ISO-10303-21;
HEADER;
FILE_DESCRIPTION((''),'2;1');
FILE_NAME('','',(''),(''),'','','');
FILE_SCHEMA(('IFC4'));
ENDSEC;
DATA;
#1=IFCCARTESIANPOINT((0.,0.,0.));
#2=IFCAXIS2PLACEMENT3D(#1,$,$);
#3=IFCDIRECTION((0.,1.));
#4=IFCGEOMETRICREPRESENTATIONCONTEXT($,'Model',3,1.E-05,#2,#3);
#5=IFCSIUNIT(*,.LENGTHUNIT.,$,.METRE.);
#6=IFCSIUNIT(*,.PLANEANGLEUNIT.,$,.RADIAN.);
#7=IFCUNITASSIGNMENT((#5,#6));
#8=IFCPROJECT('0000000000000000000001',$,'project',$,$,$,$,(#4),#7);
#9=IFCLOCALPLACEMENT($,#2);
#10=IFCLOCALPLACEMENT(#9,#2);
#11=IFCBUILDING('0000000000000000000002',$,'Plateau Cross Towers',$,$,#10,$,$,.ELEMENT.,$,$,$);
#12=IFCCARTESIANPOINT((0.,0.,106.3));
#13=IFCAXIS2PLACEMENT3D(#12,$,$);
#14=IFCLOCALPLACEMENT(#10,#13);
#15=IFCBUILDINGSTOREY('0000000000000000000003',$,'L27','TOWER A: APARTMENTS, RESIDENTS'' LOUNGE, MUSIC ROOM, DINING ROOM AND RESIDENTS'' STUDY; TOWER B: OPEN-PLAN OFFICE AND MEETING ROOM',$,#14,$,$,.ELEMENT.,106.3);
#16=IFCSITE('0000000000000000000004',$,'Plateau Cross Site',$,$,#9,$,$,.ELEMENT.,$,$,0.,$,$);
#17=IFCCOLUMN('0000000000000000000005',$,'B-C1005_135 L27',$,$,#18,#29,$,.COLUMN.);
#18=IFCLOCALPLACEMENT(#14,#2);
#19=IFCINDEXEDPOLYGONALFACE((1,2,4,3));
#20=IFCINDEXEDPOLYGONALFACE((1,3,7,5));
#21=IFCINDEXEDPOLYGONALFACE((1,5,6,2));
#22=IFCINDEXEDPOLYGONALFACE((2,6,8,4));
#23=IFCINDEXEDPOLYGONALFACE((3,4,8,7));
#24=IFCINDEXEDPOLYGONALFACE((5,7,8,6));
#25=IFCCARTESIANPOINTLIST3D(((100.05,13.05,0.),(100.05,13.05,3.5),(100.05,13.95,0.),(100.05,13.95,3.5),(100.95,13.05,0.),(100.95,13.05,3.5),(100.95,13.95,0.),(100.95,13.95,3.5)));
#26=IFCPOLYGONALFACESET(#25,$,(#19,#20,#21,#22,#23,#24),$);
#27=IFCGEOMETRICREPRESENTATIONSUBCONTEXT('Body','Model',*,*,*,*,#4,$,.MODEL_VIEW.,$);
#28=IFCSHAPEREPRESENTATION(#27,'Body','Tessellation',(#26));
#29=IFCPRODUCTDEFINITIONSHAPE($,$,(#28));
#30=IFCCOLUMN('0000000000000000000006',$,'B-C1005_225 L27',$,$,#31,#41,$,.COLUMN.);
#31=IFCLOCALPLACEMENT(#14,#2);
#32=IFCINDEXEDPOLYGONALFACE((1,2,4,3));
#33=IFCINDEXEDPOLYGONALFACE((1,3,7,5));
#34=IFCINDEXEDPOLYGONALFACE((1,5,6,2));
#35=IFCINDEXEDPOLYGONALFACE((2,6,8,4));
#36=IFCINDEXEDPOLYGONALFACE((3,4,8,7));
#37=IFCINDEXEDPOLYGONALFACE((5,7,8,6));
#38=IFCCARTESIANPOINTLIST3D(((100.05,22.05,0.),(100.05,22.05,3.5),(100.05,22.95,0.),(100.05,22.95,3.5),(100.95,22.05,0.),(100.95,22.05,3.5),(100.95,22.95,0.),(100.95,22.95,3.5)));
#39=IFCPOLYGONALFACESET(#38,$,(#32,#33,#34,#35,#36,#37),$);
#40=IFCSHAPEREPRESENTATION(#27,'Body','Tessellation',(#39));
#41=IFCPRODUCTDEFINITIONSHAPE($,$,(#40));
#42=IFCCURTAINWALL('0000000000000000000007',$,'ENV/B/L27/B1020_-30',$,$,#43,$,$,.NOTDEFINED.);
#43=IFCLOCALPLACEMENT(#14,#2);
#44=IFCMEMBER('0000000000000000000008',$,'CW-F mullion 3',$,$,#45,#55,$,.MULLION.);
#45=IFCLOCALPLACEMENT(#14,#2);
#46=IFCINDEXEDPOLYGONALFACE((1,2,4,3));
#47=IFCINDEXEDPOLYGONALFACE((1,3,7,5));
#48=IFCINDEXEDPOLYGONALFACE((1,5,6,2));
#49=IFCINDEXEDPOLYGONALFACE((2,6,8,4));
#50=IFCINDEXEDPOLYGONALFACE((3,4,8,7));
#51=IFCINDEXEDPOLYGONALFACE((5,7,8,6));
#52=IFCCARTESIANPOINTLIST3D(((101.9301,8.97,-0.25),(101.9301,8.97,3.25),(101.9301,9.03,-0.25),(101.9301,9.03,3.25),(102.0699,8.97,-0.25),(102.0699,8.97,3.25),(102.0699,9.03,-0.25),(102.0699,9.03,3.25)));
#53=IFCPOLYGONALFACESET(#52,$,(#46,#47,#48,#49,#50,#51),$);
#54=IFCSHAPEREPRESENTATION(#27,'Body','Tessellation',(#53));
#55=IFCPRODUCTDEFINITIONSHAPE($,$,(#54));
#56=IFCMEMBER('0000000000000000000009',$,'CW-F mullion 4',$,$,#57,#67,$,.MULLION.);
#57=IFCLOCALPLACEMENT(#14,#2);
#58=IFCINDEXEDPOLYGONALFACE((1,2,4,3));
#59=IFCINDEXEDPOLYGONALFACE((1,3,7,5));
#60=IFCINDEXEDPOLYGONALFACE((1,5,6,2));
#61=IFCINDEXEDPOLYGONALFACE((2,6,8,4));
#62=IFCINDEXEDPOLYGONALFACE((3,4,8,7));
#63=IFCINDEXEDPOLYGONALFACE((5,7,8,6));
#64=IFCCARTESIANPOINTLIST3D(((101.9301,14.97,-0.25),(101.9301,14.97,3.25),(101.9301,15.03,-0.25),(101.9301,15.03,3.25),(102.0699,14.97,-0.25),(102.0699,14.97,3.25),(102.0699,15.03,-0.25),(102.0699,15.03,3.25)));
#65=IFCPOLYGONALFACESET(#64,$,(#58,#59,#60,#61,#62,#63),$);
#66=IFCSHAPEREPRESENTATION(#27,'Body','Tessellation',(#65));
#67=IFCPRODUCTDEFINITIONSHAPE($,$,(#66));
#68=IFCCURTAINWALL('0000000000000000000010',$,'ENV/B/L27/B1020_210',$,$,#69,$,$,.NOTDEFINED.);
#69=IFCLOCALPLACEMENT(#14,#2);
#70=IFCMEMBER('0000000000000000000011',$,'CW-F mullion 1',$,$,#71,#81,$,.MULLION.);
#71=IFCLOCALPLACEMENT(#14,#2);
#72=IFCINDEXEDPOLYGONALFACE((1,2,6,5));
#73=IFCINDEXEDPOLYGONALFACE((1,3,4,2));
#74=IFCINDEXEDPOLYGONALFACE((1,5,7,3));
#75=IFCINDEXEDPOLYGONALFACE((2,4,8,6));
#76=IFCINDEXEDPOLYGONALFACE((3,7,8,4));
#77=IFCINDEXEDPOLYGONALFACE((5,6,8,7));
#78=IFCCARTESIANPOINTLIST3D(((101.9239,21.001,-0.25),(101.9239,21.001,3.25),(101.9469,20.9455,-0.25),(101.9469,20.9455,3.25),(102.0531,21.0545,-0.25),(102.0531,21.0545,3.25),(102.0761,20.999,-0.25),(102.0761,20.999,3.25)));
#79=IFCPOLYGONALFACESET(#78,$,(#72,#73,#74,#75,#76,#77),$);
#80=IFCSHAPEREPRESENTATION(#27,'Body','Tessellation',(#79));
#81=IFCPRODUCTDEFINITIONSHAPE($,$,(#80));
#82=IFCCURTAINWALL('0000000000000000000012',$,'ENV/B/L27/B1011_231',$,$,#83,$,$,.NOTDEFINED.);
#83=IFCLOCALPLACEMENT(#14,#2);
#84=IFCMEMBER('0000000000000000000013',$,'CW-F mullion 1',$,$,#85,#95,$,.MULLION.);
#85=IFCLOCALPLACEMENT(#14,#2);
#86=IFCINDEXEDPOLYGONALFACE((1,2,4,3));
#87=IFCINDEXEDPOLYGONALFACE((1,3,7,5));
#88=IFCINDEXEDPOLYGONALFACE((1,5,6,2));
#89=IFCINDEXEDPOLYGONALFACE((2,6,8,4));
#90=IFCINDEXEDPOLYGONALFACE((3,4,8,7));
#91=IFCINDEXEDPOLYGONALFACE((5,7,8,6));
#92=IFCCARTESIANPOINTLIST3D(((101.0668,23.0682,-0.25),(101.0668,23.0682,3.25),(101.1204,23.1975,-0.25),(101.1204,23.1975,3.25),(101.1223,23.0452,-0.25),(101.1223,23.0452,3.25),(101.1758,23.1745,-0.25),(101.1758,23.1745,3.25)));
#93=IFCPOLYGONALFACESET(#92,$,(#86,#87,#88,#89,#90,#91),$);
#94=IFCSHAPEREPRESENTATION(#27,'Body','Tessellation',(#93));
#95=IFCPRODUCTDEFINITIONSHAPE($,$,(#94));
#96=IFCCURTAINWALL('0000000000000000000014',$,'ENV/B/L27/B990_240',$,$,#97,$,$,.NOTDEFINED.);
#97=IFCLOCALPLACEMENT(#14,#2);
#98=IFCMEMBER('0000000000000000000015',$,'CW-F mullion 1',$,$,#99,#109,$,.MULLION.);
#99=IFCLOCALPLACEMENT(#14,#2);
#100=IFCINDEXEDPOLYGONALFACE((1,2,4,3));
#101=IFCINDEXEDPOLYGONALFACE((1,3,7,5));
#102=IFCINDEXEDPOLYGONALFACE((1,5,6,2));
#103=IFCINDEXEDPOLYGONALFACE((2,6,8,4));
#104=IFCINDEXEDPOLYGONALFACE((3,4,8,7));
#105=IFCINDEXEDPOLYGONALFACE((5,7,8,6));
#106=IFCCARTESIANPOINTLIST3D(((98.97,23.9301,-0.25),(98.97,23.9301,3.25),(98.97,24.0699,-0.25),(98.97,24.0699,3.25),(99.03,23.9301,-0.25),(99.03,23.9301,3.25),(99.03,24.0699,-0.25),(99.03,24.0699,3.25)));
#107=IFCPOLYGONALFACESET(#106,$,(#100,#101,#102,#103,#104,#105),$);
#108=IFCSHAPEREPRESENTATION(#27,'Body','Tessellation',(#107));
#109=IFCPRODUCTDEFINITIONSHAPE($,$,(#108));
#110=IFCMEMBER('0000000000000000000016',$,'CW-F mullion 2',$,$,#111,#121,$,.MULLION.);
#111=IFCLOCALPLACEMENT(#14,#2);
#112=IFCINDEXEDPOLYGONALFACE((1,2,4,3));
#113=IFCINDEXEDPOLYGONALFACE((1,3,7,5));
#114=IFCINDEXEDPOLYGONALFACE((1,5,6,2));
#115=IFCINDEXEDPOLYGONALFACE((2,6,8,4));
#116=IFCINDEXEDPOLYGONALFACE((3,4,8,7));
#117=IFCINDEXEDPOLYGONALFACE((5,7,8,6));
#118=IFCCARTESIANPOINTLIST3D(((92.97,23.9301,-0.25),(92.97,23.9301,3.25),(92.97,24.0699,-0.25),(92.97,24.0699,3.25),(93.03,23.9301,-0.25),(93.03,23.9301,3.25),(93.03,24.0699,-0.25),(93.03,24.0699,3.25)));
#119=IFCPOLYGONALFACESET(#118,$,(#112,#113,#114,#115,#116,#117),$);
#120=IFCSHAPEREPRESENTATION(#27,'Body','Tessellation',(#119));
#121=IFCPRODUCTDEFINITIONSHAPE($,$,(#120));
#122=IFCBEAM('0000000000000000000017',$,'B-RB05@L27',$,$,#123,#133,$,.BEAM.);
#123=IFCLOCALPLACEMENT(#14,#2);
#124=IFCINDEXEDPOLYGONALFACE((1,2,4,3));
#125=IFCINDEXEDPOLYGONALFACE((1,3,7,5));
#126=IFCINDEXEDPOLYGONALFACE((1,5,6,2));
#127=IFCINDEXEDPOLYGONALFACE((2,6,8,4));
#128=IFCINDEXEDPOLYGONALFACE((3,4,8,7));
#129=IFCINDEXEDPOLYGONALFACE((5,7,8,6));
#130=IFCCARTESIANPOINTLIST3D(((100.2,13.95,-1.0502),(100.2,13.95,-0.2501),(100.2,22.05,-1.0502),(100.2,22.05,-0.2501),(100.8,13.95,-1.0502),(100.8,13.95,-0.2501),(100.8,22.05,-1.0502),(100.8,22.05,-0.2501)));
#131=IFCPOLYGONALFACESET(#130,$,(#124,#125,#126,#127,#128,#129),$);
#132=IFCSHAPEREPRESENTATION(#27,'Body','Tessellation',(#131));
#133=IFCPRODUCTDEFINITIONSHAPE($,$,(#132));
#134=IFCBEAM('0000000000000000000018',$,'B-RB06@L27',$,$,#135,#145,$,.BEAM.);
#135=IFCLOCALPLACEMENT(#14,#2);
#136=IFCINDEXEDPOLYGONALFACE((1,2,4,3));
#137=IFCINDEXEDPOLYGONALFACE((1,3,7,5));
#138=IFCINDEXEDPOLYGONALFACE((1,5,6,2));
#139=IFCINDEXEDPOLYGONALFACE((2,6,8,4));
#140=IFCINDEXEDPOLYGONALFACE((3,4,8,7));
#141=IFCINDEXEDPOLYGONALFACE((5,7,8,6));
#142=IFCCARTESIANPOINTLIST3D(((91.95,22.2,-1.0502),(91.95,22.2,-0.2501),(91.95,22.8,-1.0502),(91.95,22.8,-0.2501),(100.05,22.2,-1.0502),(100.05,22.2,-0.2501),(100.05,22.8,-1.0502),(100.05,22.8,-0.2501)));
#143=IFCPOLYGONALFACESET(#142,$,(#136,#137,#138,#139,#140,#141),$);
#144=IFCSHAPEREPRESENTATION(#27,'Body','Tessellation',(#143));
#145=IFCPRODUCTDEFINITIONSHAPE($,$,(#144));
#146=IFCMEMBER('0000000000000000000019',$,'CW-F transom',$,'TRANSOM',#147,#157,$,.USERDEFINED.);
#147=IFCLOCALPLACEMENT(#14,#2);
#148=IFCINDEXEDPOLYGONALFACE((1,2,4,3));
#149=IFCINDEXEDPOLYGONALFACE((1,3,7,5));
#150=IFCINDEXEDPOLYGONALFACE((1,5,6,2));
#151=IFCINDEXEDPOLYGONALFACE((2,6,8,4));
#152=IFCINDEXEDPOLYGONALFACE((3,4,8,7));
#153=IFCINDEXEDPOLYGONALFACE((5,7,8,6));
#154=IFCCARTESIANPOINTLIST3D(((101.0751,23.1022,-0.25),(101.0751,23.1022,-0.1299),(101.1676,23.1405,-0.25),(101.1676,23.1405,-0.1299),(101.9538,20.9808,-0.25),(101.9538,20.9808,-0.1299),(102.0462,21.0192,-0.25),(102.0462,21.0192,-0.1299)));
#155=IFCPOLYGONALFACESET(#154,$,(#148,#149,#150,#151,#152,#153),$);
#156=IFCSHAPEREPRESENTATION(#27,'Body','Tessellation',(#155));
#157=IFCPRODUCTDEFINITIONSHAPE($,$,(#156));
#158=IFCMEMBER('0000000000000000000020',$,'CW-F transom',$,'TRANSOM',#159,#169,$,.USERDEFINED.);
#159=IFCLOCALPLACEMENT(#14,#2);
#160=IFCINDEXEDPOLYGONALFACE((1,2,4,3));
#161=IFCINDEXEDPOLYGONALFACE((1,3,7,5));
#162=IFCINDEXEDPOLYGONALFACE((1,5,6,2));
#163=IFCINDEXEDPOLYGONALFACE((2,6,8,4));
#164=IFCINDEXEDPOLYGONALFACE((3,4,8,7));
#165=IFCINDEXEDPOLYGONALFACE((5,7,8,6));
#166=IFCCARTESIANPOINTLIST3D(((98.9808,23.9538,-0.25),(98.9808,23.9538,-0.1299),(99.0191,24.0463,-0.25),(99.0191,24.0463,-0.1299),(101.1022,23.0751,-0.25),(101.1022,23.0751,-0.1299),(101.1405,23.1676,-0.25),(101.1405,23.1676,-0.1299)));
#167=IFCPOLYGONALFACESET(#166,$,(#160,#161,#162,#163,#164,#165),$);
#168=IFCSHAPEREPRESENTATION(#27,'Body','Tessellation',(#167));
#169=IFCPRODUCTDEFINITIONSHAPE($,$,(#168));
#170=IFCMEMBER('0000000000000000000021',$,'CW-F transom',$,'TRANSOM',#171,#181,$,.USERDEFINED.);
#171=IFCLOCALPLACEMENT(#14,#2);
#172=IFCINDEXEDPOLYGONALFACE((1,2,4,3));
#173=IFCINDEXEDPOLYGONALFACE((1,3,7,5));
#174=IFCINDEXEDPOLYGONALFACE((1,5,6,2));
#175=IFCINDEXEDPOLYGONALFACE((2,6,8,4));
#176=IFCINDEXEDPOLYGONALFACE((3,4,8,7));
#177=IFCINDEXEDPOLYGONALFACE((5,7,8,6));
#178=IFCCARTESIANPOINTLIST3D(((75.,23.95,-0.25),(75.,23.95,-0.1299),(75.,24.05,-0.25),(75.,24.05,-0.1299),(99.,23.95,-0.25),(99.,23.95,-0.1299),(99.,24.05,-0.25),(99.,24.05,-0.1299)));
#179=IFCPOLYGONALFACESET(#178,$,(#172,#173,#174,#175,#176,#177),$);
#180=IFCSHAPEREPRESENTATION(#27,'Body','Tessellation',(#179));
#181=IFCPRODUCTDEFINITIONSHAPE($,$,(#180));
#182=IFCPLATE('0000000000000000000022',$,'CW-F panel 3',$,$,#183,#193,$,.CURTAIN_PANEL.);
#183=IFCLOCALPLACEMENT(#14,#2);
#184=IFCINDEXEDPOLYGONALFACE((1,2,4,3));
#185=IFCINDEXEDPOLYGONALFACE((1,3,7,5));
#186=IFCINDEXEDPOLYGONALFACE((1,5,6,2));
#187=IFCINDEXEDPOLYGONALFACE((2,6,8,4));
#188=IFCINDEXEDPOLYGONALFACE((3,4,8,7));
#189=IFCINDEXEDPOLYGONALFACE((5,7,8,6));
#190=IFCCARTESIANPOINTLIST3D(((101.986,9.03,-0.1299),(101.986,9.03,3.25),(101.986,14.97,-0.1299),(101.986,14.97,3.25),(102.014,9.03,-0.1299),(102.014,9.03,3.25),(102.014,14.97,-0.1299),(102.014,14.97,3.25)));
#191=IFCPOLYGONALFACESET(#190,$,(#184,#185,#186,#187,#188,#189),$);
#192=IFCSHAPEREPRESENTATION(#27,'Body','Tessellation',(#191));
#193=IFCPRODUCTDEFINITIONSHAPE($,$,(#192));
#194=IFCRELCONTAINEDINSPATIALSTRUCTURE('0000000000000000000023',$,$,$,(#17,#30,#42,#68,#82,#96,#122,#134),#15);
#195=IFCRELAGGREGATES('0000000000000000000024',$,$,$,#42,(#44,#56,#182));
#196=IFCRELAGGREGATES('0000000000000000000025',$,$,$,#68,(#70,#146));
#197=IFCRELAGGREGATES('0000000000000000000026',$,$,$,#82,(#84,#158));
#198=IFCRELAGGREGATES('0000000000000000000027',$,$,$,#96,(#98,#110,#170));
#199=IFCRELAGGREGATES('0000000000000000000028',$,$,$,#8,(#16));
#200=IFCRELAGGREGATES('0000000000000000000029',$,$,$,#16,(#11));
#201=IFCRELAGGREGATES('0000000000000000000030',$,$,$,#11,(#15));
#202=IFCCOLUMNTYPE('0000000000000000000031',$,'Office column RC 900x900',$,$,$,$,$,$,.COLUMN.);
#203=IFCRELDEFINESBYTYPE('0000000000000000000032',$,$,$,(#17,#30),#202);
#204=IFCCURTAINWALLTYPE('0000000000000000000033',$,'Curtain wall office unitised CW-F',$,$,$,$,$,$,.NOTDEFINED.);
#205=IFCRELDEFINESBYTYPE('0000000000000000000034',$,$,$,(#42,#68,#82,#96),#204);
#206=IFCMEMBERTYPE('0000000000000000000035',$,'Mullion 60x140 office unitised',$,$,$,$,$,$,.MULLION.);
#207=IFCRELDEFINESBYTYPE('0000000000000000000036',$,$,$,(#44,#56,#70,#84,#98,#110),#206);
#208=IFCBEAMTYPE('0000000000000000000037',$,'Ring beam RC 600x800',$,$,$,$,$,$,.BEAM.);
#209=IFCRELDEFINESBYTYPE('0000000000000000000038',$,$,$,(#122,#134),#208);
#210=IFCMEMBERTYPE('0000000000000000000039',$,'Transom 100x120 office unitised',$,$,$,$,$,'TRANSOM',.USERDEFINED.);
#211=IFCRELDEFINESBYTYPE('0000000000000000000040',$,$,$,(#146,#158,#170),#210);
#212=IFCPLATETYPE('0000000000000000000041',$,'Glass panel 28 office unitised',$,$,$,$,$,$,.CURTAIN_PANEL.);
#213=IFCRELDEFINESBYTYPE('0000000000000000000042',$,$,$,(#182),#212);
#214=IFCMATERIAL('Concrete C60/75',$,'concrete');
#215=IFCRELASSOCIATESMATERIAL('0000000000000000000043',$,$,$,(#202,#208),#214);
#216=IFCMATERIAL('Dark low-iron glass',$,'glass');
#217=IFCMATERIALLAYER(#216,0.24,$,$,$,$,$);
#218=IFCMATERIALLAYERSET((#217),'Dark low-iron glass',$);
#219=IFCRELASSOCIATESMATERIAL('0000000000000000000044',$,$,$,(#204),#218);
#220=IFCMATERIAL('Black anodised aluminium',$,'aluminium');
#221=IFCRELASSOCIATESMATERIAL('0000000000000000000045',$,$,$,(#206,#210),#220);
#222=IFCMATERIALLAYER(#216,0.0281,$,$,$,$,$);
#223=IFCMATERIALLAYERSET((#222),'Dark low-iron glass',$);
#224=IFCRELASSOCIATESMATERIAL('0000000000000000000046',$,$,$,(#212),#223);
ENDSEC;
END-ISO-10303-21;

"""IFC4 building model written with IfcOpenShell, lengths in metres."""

from ifc_helpers import new_model, si_unit, direction, frame, origin, origin_2d, place, context, subcontext, project, spatial, rectangle, extrude, material, layer, layer_set, material_profile, profile_set, type_object, element, aggregate, save


model = new_model("IFC4")

# Units and contexts
model_context = context("Model", 3, precision=1e-05, world=origin(), true_north=direction((0.0, 1.0)))
body_context = subcontext(model_context, "Body", "Model", "MODEL_VIEW")
ifc_project = project(units=[si_unit("LENGTHUNIT", "METRE"), si_unit("PLANEANGLEUNIT", "RADIAN")], contexts=[model_context])

# Site, building, storey
site_placement = place(None, origin())
site = spatial("IfcSite", under=ifc_project, at=site_placement, Name="Plateau Cross Site", CompositionType="ELEMENT", RefElevation=0.0)
building_placement = place(site_placement, origin())
building = spatial("IfcBuilding", under=site, at=building_placement, Name="Plateau Cross Towers", CompositionType="ELEMENT")
storey_placement = place(building_placement, frame((0.0, 0.0, 106.3)))
storey = spatial("IfcBuildingStorey", under=building, at=storey_placement, Name="L27", Description="TOWER A: APARTMENTS, RESIDENTS' LOUNGE, MUSIC ROOM, DINING ROOM AND RESIDENTS' STUDY; TOWER B: OPEN-PLAN OFFICE AND MEETING ROOM", CompositionType="ELEMENT", Elevation=106.3)

# Columns
ifc_material_1 = material(Name="Concrete C60/75", Category="concrete")
ifc_material_profile_1 = material_profile(ifc_material_1, rectangle(XDim=0.8999, YDim=0.8999, at=origin_2d()), Name="RC 900x900")
ifc_profile_set_1 = profile_set([ifc_material_profile_1], Name="Concrete C60/75")
column_type = type_object("IfcColumnType", Name="Office column RC 900x900", PredefinedType="COLUMN", material=ifc_profile_set_1)
for number, where, z_axis, x_axis, name in (
    (1, (100.5, 13.5, 0.0), (0.0, 0.0, 1.0), (1.0, 0.0, 0.0), "B-C1005_135 L27"),
    (2, (100.5, 22.5, 0.0), (0.0, 0.0, 1.0), (1.0, 0.0, 0.0), "B-C1005_225 L27"),
):
    element("IfcColumn", number, at=place(storey_placement, frame(where, z_axis=z_axis, x_axis=x_axis)), inside=storey, type_object=column_type, Name=name, PredefinedType="COLUMN", context=body_context, shape_type="SweptSolid", body=[
        extrude(rectangle(XDim=0.8999, YDim=0.8999, at=origin_2d()), origin(), (0.0, 0.0, 1.0), 3.5),
    ])

# Curtain wall, members
ifc_material_2 = material(Name="Dark low-iron glass", Category="glass")
ifc_layer_1 = layer(ifc_material_2, 0.24)
ifc_layer_set_1 = layer_set([ifc_layer_1], Name="Dark low-iron glass")
curtain_wall_type = type_object("IfcCurtainWallType", Name="Curtain wall office unitised CW-F", PredefinedType="NOTDEFINED", material=ifc_layer_set_1)
curtain_wall_1_placement = place(storey_placement, origin())
curtain_wall_1 = element("IfcCurtainWall", 3, at=curtain_wall_1_placement, inside=storey, type_object=curtain_wall_type, Name="ENV/B/L27/B1020_-30", PredefinedType="NOTDEFINED")
ifc_material_3 = material(Name="Black anodised aluminium", Category="aluminium")
ifc_material_profile_2 = material_profile(ifc_material_3, rectangle(XDim=0.0601, YDim=0.1399, at=origin_2d()), Name="MULLION 60x140")
ifc_profile_set_2 = profile_set([ifc_material_profile_2], Name="Black anodised aluminium")
member_type_1 = type_object("IfcMemberType", Name="Mullion 60x140 office unitised", PredefinedType="MULLION", material=ifc_profile_set_2)
member_1_placement = place(storey_placement, frame((102.0, 9.0, -0.25), z_axis=(0.0, 0.0, 1.0), x_axis=(0.0, 1.0, 0.0)))
member_1 = element("IfcMember", 4, at=member_1_placement, type_object=member_type_1, Name="CW-F mullion 3", PredefinedType="MULLION", context=body_context, shape_type="SweptSolid", body=[
    extrude(rectangle(XDim=0.0601, YDim=0.1399, at=origin_2d()), origin(), (0.0, 0.0, 1.0), 3.5),
])
member_2_placement = place(storey_placement, frame((102.0, 15.0, -0.25), z_axis=(0.0, 0.0, 1.0), x_axis=(0.0, 1.0, 0.0)))
member_2 = element("IfcMember", 5, at=member_2_placement, type_object=member_type_1, Name="CW-F mullion 4", PredefinedType="MULLION", context=body_context, shape_type="SweptSolid", body=[
    extrude(rectangle(XDim=0.0601, YDim=0.1399, at=origin_2d()), origin(), (0.0, 0.0, 1.0), 3.5),
])

# Curtain walls, members
curtain_wall_2_placement = place(storey_placement, origin())
curtain_wall_2 = element("IfcCurtainWall", 6, at=curtain_wall_2_placement, inside=storey, type_object=curtain_wall_type, Name="ENV/B/L27/B1020_210", PredefinedType="NOTDEFINED")
member_3_placement = place(storey_placement, frame((102.0, 21.0, -0.25), z_axis=(0.0, 0.0, 1.0), x_axis=(-0.382684, 0.923879, 0.0)))
member_3 = element("IfcMember", 7, at=member_3_placement, type_object=member_type_1, Name="CW-F mullion 1", PredefinedType="MULLION", context=body_context, shape_type="SweptSolid", body=[
    extrude(rectangle(XDim=0.0601, YDim=0.1399, at=origin_2d()), origin(), (0.0, 0.0, 1.0), 3.5),
])
curtain_wall_3_placement = place(storey_placement, origin())
curtain_wall_3 = element("IfcCurtainWall", 8, at=curtain_wall_3_placement, inside=storey, type_object=curtain_wall_type, Name="ENV/B/L27/B1011_231", PredefinedType="NOTDEFINED")
member_4_placement = place(storey_placement, frame((101.1213, 23.1213, -0.25), z_axis=(0.0, 0.0, 1.0), x_axis=(-0.923879, 0.382684, 0.0)))
member_4 = element("IfcMember", 9, at=member_4_placement, type_object=member_type_1, Name="CW-F mullion 1", PredefinedType="MULLION", context=body_context, shape_type="SweptSolid", body=[
    extrude(rectangle(XDim=0.0601, YDim=0.1399, at=origin_2d()), origin(), (0.0, 0.0, 1.0), 3.5),
])

# Curtain wall, members
curtain_wall_4_placement = place(storey_placement, origin())
curtain_wall_4 = element("IfcCurtainWall", 10, at=curtain_wall_4_placement, inside=storey, type_object=curtain_wall_type, Name="ENV/B/L27/B990_240", PredefinedType="NOTDEFINED")
member_5_placement = place(storey_placement, frame((99.0, 24.0, -0.25), z_axis=(0.0, 0.0, 1.0), x_axis=(-1.0, 0.0, 0.0)))
member_5 = element("IfcMember", 11, at=member_5_placement, type_object=member_type_1, Name="CW-F mullion 1", PredefinedType="MULLION", context=body_context, shape_type="SweptSolid", body=[
    extrude(rectangle(XDim=0.0601, YDim=0.1399, at=origin_2d()), origin(), (0.0, 0.0, 1.0), 3.5),
])
member_6_placement = place(storey_placement, frame((93.0, 24.0, -0.25), z_axis=(0.0, 0.0, 1.0), x_axis=(-1.0, 0.0, 0.0)))
member_6 = element("IfcMember", 12, at=member_6_placement, type_object=member_type_1, Name="CW-F mullion 2", PredefinedType="MULLION", context=body_context, shape_type="SweptSolid", body=[
    extrude(rectangle(XDim=0.0601, YDim=0.1399, at=origin_2d()), origin(), (0.0, 0.0, 1.0), 3.5),
])

# Beams
ifc_material_profile_3 = material_profile(ifc_material_1, rectangle(XDim=0.6001, YDim=0.8, at=origin_2d()), Name="RC 600x800")
ifc_profile_set_3 = profile_set([ifc_material_profile_3], Name="Concrete C60/75")
beam_type = type_object("IfcBeamType", Name="Ring beam RC 600x800", PredefinedType="BEAM", material=ifc_profile_set_3)
for number, where, z_axis, x_axis, name in (
    (13, (100.5, 13.95, -0.6501), (0.0, 1.0, 0.0), (-1.0, 0.0, 0.0), "B-RB05@L27"),
    (14, (100.05, 22.5, -0.6501), (-1.0, 0.0, 0.0), (0.0, -1.0, 0.0), "B-RB06@L27"),
):
    element("IfcBeam", number, at=place(storey_placement, frame(where, z_axis=z_axis, x_axis=x_axis)), inside=storey, type_object=beam_type, Name=name, PredefinedType="BEAM", context=body_context, shape_type="SweptSolid", body=[
        extrude(rectangle(XDim=0.6001, YDim=0.8, at=origin_2d()), origin(), (0.0, 0.0, 1.0), 8.1001),
    ])

# Members
ifc_material_profile_4 = material_profile(ifc_material_3, rectangle(XDim=0.1001, YDim=0.1201, at=origin_2d()), Name="TRANSOM 100x120")
ifc_profile_set_4 = profile_set([ifc_material_profile_4], Name="Black anodised aluminium")
member_type_2 = type_object("IfcMemberType", Name="Transom 100x120 office unitised", ElementType="TRANSOM", PredefinedType="USERDEFINED", material=ifc_profile_set_4)
member_7_placement = place(storey_placement, frame((102.0, 21.0, -0.1899), z_axis=(-0.382674, 0.923883, 0.0), x_axis=(-0.923883, -0.382674, 0.0)))
member_7 = element("IfcMember", 15, at=member_7_placement, type_object=member_type_2, Name="CW-F transom", ObjectType="TRANSOM", PredefinedType="USERDEFINED", context=body_context, shape_type="SweptSolid", body=[
    extrude(rectangle(XDim=0.1001, YDim=0.1201, at=origin_2d()), origin(), (0.0, 0.0, 1.0), 2.2961),
])
member_8_placement = place(storey_placement, frame((101.1213, 23.1213, -0.1899), z_axis=(-0.923883, 0.382674, 0.0), x_axis=(-0.382674, -0.923883, 0.0)))
member_8 = element("IfcMember", 16, at=member_8_placement, type_object=member_type_2, Name="CW-F transom", ObjectType="TRANSOM", PredefinedType="USERDEFINED", context=body_context, shape_type="SweptSolid", body=[
    extrude(rectangle(XDim=0.1001, YDim=0.1201, at=origin_2d()), origin(), (0.0, 0.0, 1.0), 2.2961),
])
member_9_placement = place(storey_placement, frame((99.0, 24.0, -0.1899), z_axis=(-1.0, 0.0, 0.0), x_axis=(0.0, -1.0, 0.0)))
member_9 = element("IfcMember", 17, at=member_9_placement, type_object=member_type_2, Name="CW-F transom", ObjectType="TRANSOM", PredefinedType="USERDEFINED", context=body_context, shape_type="SweptSolid", body=[
    extrude(rectangle(XDim=0.1001, YDim=0.1201, at=origin_2d()), origin(), (0.0, 0.0, 1.0), 24.0),
])

# Plate
ifc_layer_2 = layer(ifc_material_2, 0.0281)
ifc_layer_set_2 = layer_set([ifc_layer_2], Name="Dark low-iron glass")
plate_type = type_object("IfcPlateType", Name="Glass panel 28 office unitised", PredefinedType="CURTAIN_PANEL", material=ifc_layer_set_2)
plate_1_placement = place(storey_placement, frame((102.0, 12.0, -0.1299), z_axis=(0.0, 0.0, 1.0), x_axis=(0.0, 1.0, 0.0)))
plate_1 = element("IfcPlate", 18, at=plate_1_placement, type_object=plate_type, Name="CW-F panel 3", PredefinedType="CURTAIN_PANEL", context=body_context, shape_type="SweptSolid", body=[
    extrude(rectangle(XDim=5.9399, YDim=0.0281, at=origin_2d()), origin(), (0.0, 0.0, 1.0), 3.3799),
])
aggregate(curtain_wall_1, [member_1, member_2, plate_1])
aggregate(curtain_wall_2, [member_3, member_7])
aggregate(curtain_wall_3, [member_4, member_8])
aggregate(curtain_wall_4, [member_5, member_6, member_9])

save(model, "model.ifc")
